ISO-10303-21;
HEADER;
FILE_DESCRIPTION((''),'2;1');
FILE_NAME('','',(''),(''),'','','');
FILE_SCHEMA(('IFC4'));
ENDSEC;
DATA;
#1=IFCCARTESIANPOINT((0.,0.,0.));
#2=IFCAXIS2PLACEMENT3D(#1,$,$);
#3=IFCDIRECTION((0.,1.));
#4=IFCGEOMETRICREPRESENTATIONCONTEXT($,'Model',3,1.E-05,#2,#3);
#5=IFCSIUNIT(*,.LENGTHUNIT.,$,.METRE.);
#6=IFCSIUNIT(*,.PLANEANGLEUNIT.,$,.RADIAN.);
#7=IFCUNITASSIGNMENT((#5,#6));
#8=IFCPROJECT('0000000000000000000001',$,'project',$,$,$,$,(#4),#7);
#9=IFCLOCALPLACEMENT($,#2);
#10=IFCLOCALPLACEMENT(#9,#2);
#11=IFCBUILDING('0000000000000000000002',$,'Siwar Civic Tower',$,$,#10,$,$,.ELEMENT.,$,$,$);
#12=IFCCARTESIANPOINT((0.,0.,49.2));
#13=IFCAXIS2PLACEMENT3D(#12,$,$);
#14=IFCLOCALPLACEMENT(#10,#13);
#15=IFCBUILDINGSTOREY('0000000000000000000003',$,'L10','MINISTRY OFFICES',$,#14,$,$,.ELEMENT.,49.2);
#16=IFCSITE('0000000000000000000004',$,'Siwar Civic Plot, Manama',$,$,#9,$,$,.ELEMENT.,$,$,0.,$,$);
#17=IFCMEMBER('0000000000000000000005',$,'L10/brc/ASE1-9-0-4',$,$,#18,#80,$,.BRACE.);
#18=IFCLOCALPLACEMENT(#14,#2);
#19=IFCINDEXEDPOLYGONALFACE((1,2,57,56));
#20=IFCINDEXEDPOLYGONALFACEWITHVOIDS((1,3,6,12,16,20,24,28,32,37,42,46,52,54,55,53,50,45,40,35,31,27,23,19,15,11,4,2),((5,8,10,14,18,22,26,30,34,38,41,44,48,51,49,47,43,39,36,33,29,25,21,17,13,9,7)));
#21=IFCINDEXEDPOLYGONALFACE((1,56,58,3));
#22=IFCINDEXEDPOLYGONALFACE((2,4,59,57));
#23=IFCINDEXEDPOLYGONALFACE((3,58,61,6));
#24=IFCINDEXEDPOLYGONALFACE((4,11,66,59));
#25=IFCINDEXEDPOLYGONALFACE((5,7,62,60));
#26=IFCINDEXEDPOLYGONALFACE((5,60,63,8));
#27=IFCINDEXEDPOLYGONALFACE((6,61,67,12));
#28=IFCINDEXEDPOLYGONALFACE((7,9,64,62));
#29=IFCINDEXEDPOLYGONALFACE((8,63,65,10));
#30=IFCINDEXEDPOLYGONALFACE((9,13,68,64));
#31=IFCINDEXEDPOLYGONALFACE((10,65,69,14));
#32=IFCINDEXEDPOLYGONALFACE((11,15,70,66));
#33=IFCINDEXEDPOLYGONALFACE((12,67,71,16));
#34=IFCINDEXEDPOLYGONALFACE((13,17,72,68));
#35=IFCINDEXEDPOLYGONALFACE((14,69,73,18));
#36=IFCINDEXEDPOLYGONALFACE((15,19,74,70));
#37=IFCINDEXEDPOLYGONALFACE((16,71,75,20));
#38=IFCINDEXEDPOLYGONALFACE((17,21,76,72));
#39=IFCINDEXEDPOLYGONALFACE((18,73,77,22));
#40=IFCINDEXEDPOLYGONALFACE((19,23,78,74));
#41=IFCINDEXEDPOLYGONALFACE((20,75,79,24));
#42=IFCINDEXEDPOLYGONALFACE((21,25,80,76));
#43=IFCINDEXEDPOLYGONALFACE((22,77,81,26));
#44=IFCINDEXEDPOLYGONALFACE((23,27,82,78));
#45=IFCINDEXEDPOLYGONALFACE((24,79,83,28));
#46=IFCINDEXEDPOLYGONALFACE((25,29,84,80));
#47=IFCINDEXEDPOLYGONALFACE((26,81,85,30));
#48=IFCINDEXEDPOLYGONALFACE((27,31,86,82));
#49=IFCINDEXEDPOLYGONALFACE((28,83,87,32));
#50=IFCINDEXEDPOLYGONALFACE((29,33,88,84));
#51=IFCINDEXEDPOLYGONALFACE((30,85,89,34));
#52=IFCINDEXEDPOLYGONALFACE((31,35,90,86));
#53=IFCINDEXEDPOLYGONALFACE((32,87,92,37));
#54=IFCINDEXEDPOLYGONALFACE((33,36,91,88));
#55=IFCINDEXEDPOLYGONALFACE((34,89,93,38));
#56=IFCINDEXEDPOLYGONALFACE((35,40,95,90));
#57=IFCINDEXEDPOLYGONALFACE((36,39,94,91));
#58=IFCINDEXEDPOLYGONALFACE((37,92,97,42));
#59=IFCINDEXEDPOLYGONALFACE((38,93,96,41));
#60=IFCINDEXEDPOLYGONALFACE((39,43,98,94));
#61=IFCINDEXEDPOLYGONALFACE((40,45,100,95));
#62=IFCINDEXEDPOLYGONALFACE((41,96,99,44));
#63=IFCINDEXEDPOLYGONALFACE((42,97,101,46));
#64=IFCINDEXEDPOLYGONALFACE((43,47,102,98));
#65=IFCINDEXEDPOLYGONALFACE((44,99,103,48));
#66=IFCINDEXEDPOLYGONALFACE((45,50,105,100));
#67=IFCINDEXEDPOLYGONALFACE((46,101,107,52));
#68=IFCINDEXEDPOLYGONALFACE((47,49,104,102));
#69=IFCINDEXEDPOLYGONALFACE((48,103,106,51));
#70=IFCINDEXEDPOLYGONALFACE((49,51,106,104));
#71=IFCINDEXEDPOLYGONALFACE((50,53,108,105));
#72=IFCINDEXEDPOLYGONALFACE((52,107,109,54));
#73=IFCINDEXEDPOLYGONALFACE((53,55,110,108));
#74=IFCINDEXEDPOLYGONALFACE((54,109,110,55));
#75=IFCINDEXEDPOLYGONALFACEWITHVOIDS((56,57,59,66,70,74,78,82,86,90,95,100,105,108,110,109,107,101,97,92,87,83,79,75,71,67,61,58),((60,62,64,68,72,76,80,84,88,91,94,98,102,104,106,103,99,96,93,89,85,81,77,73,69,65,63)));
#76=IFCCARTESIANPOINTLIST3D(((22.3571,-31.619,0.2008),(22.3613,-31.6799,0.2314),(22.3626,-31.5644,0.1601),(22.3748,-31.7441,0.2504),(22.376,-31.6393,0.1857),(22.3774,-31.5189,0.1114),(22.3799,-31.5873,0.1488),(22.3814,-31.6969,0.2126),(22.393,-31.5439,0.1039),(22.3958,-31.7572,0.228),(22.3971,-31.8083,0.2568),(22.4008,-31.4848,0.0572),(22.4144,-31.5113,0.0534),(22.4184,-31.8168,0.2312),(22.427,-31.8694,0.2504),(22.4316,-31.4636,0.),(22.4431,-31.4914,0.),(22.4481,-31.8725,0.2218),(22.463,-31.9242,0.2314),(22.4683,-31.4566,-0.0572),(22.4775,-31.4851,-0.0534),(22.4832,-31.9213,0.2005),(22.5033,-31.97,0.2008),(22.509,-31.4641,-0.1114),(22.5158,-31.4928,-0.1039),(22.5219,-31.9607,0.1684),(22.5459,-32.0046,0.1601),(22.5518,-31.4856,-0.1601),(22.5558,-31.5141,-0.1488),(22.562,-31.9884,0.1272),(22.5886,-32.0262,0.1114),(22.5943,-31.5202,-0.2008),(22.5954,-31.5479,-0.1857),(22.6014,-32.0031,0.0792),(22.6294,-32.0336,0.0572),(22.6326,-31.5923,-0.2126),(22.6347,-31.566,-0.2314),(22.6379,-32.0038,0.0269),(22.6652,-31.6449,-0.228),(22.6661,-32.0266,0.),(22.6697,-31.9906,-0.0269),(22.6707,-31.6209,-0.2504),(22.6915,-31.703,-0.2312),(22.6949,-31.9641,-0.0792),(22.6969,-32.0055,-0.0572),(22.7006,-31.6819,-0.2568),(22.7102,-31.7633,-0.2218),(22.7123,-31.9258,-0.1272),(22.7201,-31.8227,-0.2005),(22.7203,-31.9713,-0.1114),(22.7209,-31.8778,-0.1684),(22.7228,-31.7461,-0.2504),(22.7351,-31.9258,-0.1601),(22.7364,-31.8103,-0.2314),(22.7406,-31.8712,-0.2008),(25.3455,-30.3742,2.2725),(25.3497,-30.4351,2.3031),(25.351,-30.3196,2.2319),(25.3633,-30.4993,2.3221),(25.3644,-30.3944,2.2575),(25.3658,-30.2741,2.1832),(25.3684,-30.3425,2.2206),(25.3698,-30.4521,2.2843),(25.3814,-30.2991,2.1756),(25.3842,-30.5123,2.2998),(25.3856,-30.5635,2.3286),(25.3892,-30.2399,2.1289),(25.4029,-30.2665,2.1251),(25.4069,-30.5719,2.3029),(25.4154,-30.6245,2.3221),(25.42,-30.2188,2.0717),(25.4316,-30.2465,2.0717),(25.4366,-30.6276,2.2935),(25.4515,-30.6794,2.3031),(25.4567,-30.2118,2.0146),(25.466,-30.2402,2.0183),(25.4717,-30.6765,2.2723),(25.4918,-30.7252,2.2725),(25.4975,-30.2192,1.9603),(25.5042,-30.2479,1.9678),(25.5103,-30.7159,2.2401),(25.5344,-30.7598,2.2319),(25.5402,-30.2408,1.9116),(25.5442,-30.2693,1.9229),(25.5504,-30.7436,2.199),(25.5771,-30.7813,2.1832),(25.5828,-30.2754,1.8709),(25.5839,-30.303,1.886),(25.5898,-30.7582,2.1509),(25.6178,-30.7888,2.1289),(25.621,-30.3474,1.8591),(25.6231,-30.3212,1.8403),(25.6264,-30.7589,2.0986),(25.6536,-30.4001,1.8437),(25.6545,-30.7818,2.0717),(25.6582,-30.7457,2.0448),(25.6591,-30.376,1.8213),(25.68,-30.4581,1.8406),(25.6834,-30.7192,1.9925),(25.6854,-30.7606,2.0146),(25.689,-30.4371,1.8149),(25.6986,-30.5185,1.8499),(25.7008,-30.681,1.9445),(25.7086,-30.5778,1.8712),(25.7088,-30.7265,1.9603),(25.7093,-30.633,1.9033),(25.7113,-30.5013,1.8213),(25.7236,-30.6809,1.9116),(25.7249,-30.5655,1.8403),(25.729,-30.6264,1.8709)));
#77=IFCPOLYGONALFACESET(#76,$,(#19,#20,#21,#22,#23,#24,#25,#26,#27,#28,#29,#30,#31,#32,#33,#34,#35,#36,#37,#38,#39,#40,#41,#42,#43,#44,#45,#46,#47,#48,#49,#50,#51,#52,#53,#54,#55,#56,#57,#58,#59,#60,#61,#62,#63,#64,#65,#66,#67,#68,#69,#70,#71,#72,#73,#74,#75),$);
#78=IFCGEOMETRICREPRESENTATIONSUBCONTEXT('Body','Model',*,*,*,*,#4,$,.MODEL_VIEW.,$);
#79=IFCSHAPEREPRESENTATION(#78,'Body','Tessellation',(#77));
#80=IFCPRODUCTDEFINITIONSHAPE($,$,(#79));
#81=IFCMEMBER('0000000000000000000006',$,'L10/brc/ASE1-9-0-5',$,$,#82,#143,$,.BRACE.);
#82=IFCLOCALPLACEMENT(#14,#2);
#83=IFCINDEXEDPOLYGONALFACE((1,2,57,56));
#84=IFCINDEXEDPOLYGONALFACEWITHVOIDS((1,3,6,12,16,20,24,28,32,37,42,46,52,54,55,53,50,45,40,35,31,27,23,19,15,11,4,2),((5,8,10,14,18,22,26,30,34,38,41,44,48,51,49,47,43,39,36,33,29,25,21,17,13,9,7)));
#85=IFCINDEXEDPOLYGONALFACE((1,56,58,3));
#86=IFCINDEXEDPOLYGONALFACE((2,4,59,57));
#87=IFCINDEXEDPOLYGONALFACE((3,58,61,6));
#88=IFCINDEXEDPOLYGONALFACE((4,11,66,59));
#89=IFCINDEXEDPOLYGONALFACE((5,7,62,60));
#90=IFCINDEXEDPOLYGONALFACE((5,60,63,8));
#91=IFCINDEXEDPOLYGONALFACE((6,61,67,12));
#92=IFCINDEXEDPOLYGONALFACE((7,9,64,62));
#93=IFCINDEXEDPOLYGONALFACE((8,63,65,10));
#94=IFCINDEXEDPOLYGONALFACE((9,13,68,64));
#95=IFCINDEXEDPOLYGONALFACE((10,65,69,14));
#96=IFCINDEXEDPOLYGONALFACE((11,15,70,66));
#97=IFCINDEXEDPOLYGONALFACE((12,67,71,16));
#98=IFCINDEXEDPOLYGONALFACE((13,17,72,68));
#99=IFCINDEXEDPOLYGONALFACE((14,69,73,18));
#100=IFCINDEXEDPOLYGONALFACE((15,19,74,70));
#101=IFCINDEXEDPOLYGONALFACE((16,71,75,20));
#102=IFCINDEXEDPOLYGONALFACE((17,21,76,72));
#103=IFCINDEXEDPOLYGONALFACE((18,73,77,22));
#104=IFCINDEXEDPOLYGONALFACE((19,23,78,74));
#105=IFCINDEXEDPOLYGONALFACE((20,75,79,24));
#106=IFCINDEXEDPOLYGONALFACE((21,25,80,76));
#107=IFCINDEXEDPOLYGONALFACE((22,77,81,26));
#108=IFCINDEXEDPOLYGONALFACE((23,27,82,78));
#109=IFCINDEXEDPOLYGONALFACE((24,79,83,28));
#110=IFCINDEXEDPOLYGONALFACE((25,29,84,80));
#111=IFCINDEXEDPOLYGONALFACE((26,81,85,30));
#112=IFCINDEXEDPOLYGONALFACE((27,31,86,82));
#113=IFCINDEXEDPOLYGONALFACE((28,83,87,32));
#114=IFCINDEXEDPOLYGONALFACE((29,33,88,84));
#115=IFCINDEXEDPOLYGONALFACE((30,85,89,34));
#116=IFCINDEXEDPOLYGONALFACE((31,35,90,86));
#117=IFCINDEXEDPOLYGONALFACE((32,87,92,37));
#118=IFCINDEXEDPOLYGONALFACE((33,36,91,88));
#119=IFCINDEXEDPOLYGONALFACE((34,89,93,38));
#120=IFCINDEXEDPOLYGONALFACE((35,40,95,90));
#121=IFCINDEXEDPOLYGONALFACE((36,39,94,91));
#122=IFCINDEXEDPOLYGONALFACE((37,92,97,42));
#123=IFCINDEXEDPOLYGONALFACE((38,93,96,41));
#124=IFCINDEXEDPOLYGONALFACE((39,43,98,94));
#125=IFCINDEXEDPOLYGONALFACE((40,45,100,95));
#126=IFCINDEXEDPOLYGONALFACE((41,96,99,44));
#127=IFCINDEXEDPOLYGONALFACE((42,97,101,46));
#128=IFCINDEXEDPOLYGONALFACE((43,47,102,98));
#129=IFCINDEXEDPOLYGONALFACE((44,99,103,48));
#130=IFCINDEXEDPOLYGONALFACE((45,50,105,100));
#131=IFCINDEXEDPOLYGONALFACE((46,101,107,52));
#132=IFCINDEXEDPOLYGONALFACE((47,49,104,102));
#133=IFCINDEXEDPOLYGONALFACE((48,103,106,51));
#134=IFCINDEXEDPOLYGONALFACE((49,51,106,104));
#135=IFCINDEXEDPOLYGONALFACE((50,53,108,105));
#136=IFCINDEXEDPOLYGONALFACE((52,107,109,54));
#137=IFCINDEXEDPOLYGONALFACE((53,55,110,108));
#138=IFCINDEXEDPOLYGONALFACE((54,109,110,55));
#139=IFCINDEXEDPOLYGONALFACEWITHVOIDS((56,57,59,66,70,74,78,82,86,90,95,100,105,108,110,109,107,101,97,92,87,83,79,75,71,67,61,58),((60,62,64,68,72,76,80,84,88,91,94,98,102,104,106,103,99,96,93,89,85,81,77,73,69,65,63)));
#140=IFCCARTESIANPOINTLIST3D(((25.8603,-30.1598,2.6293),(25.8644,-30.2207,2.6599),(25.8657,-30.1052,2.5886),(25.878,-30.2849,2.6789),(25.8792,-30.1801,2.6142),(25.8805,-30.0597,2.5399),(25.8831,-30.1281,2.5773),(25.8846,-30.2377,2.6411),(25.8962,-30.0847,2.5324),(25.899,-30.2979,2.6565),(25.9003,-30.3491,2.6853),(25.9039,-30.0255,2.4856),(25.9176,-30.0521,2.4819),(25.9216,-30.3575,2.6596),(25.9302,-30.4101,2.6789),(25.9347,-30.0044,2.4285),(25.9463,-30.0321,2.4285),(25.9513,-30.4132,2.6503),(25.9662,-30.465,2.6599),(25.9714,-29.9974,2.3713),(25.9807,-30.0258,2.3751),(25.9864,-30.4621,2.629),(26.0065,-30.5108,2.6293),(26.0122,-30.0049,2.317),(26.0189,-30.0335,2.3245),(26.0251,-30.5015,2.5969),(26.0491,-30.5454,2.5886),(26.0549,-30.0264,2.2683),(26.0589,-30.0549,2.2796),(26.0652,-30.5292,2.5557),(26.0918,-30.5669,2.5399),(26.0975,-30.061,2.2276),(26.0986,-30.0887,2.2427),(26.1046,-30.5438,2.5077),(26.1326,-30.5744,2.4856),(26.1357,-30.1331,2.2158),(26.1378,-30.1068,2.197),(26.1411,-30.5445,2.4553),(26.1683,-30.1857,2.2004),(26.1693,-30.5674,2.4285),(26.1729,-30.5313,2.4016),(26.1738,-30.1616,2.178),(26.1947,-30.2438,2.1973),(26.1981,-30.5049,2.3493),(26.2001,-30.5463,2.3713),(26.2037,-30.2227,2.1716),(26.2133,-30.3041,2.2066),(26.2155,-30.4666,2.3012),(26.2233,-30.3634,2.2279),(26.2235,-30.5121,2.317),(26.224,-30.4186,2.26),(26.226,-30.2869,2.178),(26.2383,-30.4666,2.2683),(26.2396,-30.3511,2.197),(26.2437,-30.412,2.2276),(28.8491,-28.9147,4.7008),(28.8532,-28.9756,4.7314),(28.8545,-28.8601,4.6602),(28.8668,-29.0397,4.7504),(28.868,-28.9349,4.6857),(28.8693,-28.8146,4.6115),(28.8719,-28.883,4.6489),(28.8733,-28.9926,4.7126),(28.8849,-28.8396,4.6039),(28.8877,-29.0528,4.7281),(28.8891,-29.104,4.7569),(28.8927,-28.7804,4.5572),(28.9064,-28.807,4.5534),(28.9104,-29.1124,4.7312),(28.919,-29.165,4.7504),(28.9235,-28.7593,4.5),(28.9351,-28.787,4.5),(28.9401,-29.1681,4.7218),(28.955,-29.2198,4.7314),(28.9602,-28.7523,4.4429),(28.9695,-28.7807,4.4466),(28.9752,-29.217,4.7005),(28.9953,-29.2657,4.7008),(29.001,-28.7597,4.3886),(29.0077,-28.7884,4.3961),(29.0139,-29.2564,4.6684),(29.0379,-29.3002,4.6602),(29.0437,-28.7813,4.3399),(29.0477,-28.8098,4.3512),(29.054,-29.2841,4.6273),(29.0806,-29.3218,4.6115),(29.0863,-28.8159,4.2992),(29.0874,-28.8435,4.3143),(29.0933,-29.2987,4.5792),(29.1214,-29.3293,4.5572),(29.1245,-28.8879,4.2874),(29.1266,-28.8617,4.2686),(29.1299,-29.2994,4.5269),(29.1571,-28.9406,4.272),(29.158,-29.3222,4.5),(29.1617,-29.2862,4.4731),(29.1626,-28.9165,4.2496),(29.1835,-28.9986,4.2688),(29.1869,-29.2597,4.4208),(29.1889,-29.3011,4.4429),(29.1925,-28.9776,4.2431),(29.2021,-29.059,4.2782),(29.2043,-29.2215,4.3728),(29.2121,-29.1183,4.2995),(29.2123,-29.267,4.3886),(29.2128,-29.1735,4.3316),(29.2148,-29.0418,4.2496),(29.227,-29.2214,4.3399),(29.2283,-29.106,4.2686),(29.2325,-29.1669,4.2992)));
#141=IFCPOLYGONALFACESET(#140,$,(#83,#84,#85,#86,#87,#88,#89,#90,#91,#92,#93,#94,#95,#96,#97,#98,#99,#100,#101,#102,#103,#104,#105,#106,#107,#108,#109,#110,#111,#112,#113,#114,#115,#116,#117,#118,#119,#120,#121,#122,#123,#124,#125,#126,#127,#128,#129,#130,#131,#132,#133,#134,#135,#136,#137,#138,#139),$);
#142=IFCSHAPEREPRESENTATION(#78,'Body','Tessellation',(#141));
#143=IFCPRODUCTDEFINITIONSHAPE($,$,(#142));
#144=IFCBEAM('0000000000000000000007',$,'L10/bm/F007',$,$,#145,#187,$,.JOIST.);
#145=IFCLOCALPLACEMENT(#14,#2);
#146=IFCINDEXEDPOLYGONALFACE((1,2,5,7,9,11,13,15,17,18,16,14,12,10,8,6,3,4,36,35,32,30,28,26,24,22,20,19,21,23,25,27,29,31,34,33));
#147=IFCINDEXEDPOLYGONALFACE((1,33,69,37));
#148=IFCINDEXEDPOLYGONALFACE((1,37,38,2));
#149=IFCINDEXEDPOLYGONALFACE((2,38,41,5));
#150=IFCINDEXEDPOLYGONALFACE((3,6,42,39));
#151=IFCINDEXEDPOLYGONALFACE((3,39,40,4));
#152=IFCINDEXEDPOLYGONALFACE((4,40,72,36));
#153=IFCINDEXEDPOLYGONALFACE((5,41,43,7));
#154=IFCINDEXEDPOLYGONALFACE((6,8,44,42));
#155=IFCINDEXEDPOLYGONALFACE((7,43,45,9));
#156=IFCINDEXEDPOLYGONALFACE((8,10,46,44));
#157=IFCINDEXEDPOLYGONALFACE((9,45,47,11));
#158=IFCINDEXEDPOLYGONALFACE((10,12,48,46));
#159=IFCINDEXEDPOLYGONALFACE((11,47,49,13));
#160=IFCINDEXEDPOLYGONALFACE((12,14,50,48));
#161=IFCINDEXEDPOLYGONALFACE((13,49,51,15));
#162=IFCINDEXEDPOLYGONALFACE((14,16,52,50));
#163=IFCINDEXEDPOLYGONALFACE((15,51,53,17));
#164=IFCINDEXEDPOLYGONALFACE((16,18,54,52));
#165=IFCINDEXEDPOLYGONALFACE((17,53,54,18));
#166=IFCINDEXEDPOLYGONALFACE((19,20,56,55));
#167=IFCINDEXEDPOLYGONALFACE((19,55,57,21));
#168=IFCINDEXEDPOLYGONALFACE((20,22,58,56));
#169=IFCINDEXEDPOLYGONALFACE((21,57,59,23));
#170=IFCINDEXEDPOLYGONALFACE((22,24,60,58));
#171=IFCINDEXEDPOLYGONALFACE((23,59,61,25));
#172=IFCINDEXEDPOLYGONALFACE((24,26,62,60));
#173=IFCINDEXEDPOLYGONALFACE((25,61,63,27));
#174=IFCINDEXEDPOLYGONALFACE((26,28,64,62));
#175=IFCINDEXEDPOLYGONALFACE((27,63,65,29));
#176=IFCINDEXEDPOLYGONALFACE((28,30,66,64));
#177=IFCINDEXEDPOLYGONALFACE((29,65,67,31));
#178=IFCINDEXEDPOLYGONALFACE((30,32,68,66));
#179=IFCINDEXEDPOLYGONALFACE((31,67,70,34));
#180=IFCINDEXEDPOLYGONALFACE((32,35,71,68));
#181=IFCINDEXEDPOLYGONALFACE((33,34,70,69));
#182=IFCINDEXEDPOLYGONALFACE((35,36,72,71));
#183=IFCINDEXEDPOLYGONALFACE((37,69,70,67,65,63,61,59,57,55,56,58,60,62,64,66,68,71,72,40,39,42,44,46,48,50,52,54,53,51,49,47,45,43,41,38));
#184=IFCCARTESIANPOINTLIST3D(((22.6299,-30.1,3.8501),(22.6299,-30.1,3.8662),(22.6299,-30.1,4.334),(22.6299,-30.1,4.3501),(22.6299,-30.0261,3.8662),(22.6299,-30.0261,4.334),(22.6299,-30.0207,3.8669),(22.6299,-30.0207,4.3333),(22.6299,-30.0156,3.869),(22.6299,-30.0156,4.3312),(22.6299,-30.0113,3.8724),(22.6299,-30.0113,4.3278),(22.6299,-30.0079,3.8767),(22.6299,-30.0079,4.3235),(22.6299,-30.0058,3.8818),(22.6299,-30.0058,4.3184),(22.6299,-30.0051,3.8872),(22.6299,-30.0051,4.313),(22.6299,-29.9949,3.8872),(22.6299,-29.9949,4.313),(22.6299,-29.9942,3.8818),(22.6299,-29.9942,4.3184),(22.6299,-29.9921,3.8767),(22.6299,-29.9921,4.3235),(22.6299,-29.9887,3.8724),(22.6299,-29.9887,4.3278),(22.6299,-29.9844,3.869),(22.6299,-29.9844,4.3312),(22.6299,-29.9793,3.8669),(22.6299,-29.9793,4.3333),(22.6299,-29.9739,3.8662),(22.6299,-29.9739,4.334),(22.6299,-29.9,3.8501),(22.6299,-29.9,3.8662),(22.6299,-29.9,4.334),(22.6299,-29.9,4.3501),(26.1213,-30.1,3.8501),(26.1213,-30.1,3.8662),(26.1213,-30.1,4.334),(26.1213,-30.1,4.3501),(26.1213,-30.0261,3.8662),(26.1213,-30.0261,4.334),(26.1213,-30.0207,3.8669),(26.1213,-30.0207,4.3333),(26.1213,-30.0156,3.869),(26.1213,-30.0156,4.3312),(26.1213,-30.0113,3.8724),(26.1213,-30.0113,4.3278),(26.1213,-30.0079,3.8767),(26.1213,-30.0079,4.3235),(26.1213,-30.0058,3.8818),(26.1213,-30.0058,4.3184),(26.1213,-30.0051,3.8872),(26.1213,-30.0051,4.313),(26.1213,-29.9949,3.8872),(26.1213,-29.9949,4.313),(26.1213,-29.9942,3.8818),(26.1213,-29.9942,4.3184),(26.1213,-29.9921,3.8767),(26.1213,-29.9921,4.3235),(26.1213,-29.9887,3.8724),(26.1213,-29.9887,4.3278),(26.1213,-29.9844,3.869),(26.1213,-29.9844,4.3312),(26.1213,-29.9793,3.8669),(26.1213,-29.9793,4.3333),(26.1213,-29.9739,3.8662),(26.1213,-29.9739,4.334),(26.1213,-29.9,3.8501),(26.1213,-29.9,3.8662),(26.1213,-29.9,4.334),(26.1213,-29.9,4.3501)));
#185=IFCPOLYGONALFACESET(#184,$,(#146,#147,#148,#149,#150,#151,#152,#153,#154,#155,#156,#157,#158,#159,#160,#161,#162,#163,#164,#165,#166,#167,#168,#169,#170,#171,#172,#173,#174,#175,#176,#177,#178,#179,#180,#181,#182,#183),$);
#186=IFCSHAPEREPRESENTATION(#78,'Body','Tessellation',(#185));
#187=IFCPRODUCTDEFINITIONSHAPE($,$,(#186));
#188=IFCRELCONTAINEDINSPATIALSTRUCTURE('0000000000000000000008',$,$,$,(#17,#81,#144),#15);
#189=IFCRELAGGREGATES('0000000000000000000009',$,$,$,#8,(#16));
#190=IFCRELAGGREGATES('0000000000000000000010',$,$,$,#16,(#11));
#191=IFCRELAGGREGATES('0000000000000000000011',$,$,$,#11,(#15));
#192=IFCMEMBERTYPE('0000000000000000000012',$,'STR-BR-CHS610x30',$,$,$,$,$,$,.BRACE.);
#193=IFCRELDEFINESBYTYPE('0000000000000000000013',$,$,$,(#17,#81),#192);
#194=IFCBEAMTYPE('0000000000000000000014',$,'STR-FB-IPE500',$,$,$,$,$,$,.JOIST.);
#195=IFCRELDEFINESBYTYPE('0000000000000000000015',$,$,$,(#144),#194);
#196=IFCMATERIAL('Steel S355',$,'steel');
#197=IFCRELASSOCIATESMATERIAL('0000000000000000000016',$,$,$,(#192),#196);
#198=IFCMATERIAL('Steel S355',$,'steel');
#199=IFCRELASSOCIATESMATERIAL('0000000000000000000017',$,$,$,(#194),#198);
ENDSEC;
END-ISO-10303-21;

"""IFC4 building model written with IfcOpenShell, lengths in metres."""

from ifc_helpers import new_model, si_unit, direction, frame, origin, origin_2d, place, context, subcontext, project, spatial, hollow_circle, i_section, extrude, material, material_profile, profile_set, type_object, element, save


model = new_model("IFC4")

# Units and contexts
model_context = context("Model", 3, precision=1e-05, world=origin(), true_north=direction((0.0, 1.0)))
body_context = subcontext(model_context, "Body", "Model", "MODEL_VIEW")
ifc_project = project(units=[si_unit("LENGTHUNIT", "METRE"), si_unit("PLANEANGLEUNIT", "RADIAN")], contexts=[model_context])

# Site, building, storey
site_placement = place(None, origin())
site = spatial("IfcSite", under=ifc_project, at=site_placement, Name="Siwar Civic Plot, Manama", CompositionType="ELEMENT", RefElevation=0.0)
building_placement = place(site_placement, origin())
building = spatial("IfcBuilding", under=site, at=building_placement, Name="Siwar Civic Tower", CompositionType="ELEMENT")
storey_placement = place(building_placement, frame((0.0, 0.0, 49.2)))
storey = spatial("IfcBuildingStorey", under=building, at=storey_placement, Name="L10", Description="MINISTRY OFFICES", CompositionType="ELEMENT", Elevation=49.2)

# Members
ifc_material_1 = material(Name="Steel S355", Category="steel")
ifc_material_profile_1 = material_profile(ifc_material_1, hollow_circle(Radius=0.3049, WallThickness=0.03, at=origin_2d()), Name="CHS610x30")
ifc_profile_set_1 = profile_set([ifc_material_profile_1], Name="Steel S355")
member_type_1 = type_object("IfcMemberType", Name="STR-BR-CHS610x30", PredefinedType="BRACE", material=ifc_profile_set_1)
member_1_placement = place(storey_placement, frame((22.5488, -31.7451, 0.0), z_axis=(0.777533, 0.323882, 0.53902), x_axis=(-0.384524, 0.923115, 0.0)))
element("IfcMember", 1, at=member_1_placement, inside=storey, type_object=member_type_1, Name="L10/brc/ASE1-9-0-4", PredefinedType="BRACE", context=body_context, shape_type="SweptSolid", body=[
    extrude(hollow_circle(Radius=0.3049, WallThickness=0.03, at=origin_2d()), origin(), (0.0, 0.0, 1.0), 3.8435),
])
member_2_placement = place(storey_placement, frame((26.052, -30.2859, 2.4285), z_axis=(0.777569, 0.323934, 0.538937), x_axis=(-0.384562, 0.923099, 0.0)))
element("IfcMember", 2, at=member_2_placement, inside=storey, type_object=member_type_1, Name="L10/brc/ASE1-9-0-5", PredefinedType="BRACE", context=body_context, shape_type="SweptSolid", body=[
    extrude(hollow_circle(Radius=0.3049, WallThickness=0.03, at=origin_2d()), origin(), (0.0, 0.0, 1.0), 3.8438),
])

# Beam
ifc_material_2 = material(Name="Steel S355", Category="steel")
ifc_material_profile_2 = material_profile(ifc_material_2, i_section(OverallWidth=0.2, OverallDepth=0.5, WebThickness=0.0103, FlangeThickness=0.0161, FilletRadius=0.021, at=origin_2d()), Name="IPE500")
ifc_profile_set_2 = profile_set([ifc_material_profile_2], Name="Steel S355")
beam_type_1 = type_object("IfcBeamType", Name="STR-FB-IPE500", PredefinedType="JOIST", material=ifc_profile_set_2)
beam_1_placement = place(storey_placement, frame((22.6299, -30.0, 4.1001), z_axis=(1.0, 0.0, 0.0), x_axis=(0.0, 1.0, 0.0)))
element("IfcBeam", 3, at=beam_1_placement, inside=storey, type_object=beam_type_1, Name="L10/bm/F007", PredefinedType="JOIST", context=body_context, shape_type="SweptSolid", body=[
    extrude(i_section(OverallWidth=0.2, OverallDepth=0.5, WebThickness=0.0103, FlangeThickness=0.0161, FilletRadius=0.021, at=origin_2d()), origin(), (0.0, 0.0, 1.0), 3.4915),
])

save(model, "model.ifc")
